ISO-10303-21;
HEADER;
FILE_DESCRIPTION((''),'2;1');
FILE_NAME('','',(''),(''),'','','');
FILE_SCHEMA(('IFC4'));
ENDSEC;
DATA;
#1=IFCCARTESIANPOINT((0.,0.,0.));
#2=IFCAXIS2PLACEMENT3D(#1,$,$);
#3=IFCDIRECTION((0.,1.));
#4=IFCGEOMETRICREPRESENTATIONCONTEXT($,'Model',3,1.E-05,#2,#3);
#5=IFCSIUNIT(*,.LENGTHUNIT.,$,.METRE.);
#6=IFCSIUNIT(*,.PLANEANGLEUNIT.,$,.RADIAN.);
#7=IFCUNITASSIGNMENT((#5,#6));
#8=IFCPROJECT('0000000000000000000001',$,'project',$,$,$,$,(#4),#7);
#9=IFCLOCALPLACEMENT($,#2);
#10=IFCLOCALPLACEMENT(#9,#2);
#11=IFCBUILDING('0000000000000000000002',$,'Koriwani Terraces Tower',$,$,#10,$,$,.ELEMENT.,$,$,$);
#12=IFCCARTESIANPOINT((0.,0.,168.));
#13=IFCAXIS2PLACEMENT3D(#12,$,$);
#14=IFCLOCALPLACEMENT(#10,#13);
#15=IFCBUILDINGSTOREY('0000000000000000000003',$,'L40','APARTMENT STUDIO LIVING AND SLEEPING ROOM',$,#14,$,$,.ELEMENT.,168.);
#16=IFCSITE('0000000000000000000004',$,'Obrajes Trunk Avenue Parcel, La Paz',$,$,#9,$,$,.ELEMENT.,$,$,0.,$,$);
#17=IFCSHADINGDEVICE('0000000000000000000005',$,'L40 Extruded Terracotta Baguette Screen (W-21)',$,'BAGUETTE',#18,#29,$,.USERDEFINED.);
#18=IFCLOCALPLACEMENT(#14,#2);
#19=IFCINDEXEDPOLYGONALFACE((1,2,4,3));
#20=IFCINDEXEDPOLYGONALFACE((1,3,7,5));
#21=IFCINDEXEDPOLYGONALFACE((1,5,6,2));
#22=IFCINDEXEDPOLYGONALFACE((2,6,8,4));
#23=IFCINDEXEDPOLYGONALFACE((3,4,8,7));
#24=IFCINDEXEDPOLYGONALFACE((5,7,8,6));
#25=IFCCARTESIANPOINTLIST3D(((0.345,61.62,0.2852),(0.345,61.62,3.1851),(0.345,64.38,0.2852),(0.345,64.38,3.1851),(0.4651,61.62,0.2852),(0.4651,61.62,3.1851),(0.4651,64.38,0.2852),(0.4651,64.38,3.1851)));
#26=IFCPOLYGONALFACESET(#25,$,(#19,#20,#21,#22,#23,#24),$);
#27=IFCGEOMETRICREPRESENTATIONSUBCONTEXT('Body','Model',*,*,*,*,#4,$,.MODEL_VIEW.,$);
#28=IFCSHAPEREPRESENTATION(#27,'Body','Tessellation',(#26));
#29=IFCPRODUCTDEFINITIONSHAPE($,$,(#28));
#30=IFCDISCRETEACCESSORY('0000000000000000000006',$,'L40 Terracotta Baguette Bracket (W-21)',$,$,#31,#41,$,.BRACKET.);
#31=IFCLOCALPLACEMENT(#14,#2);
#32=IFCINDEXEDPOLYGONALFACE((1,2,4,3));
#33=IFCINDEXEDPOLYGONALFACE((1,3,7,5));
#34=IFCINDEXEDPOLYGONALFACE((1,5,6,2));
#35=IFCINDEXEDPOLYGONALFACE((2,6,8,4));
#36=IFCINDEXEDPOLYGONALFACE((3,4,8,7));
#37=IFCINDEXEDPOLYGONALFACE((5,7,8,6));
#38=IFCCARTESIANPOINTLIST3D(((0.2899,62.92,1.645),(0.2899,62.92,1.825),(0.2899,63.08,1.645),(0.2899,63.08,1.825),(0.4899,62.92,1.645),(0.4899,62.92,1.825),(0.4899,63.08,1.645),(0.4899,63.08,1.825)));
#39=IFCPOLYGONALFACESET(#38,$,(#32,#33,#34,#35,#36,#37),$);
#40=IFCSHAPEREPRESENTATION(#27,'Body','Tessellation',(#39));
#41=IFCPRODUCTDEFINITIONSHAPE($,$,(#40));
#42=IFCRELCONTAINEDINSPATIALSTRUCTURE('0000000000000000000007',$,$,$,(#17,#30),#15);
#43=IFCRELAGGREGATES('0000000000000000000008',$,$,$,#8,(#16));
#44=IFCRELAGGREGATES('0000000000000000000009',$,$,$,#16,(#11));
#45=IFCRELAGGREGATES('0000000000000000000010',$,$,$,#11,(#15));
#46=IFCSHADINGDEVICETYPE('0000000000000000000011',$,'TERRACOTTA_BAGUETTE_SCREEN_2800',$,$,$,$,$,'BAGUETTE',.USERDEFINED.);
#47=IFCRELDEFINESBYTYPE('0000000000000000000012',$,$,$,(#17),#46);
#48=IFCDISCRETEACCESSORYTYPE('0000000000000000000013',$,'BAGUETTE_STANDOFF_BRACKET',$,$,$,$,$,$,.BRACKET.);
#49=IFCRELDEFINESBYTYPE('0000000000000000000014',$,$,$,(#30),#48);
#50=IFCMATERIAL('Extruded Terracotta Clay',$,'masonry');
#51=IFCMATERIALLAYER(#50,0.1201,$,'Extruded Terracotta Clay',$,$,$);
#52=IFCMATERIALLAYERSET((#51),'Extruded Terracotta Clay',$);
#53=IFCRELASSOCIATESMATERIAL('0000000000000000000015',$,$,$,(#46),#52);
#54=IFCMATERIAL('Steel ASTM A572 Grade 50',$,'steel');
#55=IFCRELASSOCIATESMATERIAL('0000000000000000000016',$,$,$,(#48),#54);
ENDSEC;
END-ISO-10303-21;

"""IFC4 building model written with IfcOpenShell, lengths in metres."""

from ifc_helpers import new_model, si_unit, direction, frame, origin, origin_2d, place, context, subcontext, project, spatial, rectangle, extrude, material, layer, layer_set, type_object, element, save


model = new_model("IFC4")

# Units and contexts
model_context = context("Model", 3, precision=1e-05, world=origin(), true_north=direction((0.0, 1.0)))
body_context = subcontext(model_context, "Body", "Model", "MODEL_VIEW")
ifc_project = project(units=[si_unit("LENGTHUNIT", "METRE"), si_unit("PLANEANGLEUNIT", "RADIAN")], contexts=[model_context])

# Site, building, storey
site_placement = place(None, origin())
site = spatial("IfcSite", under=ifc_project, at=site_placement, Name="Obrajes Trunk Avenue Parcel, La Paz", CompositionType="ELEMENT", RefElevation=0.0)
building_placement = place(site_placement, origin())
building = spatial("IfcBuilding", under=site, at=building_placement, Name="Koriwani Terraces Tower", CompositionType="ELEMENT")
storey_placement = place(building_placement, frame((0.0, 0.0, 168.0)))
storey = spatial("IfcBuildingStorey", under=building, at=storey_placement, Name="L40", Description="APARTMENT STUDIO LIVING AND SLEEPING ROOM", CompositionType="ELEMENT", Elevation=168.0)

# Shared definitions
ifc_material_1 = material(Name="Steel ASTM A572 Grade 50", Category="steel")

# Shading device
ifc_material_2 = material(Name="Extruded Terracotta Clay", Category="masonry")
ifc_layer_1 = layer(ifc_material_2, 0.1201, Name="Extruded Terracotta Clay")
ifc_layer_set_1 = layer_set([ifc_layer_1], Name="Extruded Terracotta Clay")
shading_device_type = type_object("IfcShadingDeviceType", Name="TERRACOTTA_BAGUETTE_SCREEN_2800", ElementType="BAGUETTE", PredefinedType="USERDEFINED", material=ifc_layer_set_1)
shading_device_placement = place(storey_placement, frame((0.405, 63.0, 0.2852), z_axis=(0.0, 0.0, 1.0), x_axis=(0.0, 1.0, 0.0)))
element("IfcShadingDevice", 1, at=shading_device_placement, inside=storey, type_object=shading_device_type, Name="L40 Extruded Terracotta Baguette Screen (W-21)", ObjectType="BAGUETTE", PredefinedType="USERDEFINED", context=body_context, shape_type="SweptSolid", body=[
    extrude(rectangle(XDim=2.76, YDim=0.1201, at=origin_2d()), origin(), (0.0, 0.0, 1.0), 2.8999),
])

# Discrete accessory
discrete_accessory_type = type_object("IfcDiscreteAccessoryType", Name="BAGUETTE_STANDOFF_BRACKET", PredefinedType="BRACKET", material=ifc_material_1)
discrete_accessory_placement = place(storey_placement, frame((0.3899, 63.0, 1.645), z_axis=(0.0, 0.0, 1.0), x_axis=(0.0, 1.0, 0.0)))
element("IfcDiscreteAccessory", 2, at=discrete_accessory_placement, inside=storey, type_object=discrete_accessory_type, Name="L40 Terracotta Baguette Bracket (W-21)", PredefinedType="BRACKET", context=body_context, shape_type="SweptSolid", body=[
    extrude(rectangle(XDim=0.1599, YDim=0.2, at=origin_2d()), origin(), (0.0, 0.0, 1.0), 0.1799),
])

save(model, "model.ifc")
